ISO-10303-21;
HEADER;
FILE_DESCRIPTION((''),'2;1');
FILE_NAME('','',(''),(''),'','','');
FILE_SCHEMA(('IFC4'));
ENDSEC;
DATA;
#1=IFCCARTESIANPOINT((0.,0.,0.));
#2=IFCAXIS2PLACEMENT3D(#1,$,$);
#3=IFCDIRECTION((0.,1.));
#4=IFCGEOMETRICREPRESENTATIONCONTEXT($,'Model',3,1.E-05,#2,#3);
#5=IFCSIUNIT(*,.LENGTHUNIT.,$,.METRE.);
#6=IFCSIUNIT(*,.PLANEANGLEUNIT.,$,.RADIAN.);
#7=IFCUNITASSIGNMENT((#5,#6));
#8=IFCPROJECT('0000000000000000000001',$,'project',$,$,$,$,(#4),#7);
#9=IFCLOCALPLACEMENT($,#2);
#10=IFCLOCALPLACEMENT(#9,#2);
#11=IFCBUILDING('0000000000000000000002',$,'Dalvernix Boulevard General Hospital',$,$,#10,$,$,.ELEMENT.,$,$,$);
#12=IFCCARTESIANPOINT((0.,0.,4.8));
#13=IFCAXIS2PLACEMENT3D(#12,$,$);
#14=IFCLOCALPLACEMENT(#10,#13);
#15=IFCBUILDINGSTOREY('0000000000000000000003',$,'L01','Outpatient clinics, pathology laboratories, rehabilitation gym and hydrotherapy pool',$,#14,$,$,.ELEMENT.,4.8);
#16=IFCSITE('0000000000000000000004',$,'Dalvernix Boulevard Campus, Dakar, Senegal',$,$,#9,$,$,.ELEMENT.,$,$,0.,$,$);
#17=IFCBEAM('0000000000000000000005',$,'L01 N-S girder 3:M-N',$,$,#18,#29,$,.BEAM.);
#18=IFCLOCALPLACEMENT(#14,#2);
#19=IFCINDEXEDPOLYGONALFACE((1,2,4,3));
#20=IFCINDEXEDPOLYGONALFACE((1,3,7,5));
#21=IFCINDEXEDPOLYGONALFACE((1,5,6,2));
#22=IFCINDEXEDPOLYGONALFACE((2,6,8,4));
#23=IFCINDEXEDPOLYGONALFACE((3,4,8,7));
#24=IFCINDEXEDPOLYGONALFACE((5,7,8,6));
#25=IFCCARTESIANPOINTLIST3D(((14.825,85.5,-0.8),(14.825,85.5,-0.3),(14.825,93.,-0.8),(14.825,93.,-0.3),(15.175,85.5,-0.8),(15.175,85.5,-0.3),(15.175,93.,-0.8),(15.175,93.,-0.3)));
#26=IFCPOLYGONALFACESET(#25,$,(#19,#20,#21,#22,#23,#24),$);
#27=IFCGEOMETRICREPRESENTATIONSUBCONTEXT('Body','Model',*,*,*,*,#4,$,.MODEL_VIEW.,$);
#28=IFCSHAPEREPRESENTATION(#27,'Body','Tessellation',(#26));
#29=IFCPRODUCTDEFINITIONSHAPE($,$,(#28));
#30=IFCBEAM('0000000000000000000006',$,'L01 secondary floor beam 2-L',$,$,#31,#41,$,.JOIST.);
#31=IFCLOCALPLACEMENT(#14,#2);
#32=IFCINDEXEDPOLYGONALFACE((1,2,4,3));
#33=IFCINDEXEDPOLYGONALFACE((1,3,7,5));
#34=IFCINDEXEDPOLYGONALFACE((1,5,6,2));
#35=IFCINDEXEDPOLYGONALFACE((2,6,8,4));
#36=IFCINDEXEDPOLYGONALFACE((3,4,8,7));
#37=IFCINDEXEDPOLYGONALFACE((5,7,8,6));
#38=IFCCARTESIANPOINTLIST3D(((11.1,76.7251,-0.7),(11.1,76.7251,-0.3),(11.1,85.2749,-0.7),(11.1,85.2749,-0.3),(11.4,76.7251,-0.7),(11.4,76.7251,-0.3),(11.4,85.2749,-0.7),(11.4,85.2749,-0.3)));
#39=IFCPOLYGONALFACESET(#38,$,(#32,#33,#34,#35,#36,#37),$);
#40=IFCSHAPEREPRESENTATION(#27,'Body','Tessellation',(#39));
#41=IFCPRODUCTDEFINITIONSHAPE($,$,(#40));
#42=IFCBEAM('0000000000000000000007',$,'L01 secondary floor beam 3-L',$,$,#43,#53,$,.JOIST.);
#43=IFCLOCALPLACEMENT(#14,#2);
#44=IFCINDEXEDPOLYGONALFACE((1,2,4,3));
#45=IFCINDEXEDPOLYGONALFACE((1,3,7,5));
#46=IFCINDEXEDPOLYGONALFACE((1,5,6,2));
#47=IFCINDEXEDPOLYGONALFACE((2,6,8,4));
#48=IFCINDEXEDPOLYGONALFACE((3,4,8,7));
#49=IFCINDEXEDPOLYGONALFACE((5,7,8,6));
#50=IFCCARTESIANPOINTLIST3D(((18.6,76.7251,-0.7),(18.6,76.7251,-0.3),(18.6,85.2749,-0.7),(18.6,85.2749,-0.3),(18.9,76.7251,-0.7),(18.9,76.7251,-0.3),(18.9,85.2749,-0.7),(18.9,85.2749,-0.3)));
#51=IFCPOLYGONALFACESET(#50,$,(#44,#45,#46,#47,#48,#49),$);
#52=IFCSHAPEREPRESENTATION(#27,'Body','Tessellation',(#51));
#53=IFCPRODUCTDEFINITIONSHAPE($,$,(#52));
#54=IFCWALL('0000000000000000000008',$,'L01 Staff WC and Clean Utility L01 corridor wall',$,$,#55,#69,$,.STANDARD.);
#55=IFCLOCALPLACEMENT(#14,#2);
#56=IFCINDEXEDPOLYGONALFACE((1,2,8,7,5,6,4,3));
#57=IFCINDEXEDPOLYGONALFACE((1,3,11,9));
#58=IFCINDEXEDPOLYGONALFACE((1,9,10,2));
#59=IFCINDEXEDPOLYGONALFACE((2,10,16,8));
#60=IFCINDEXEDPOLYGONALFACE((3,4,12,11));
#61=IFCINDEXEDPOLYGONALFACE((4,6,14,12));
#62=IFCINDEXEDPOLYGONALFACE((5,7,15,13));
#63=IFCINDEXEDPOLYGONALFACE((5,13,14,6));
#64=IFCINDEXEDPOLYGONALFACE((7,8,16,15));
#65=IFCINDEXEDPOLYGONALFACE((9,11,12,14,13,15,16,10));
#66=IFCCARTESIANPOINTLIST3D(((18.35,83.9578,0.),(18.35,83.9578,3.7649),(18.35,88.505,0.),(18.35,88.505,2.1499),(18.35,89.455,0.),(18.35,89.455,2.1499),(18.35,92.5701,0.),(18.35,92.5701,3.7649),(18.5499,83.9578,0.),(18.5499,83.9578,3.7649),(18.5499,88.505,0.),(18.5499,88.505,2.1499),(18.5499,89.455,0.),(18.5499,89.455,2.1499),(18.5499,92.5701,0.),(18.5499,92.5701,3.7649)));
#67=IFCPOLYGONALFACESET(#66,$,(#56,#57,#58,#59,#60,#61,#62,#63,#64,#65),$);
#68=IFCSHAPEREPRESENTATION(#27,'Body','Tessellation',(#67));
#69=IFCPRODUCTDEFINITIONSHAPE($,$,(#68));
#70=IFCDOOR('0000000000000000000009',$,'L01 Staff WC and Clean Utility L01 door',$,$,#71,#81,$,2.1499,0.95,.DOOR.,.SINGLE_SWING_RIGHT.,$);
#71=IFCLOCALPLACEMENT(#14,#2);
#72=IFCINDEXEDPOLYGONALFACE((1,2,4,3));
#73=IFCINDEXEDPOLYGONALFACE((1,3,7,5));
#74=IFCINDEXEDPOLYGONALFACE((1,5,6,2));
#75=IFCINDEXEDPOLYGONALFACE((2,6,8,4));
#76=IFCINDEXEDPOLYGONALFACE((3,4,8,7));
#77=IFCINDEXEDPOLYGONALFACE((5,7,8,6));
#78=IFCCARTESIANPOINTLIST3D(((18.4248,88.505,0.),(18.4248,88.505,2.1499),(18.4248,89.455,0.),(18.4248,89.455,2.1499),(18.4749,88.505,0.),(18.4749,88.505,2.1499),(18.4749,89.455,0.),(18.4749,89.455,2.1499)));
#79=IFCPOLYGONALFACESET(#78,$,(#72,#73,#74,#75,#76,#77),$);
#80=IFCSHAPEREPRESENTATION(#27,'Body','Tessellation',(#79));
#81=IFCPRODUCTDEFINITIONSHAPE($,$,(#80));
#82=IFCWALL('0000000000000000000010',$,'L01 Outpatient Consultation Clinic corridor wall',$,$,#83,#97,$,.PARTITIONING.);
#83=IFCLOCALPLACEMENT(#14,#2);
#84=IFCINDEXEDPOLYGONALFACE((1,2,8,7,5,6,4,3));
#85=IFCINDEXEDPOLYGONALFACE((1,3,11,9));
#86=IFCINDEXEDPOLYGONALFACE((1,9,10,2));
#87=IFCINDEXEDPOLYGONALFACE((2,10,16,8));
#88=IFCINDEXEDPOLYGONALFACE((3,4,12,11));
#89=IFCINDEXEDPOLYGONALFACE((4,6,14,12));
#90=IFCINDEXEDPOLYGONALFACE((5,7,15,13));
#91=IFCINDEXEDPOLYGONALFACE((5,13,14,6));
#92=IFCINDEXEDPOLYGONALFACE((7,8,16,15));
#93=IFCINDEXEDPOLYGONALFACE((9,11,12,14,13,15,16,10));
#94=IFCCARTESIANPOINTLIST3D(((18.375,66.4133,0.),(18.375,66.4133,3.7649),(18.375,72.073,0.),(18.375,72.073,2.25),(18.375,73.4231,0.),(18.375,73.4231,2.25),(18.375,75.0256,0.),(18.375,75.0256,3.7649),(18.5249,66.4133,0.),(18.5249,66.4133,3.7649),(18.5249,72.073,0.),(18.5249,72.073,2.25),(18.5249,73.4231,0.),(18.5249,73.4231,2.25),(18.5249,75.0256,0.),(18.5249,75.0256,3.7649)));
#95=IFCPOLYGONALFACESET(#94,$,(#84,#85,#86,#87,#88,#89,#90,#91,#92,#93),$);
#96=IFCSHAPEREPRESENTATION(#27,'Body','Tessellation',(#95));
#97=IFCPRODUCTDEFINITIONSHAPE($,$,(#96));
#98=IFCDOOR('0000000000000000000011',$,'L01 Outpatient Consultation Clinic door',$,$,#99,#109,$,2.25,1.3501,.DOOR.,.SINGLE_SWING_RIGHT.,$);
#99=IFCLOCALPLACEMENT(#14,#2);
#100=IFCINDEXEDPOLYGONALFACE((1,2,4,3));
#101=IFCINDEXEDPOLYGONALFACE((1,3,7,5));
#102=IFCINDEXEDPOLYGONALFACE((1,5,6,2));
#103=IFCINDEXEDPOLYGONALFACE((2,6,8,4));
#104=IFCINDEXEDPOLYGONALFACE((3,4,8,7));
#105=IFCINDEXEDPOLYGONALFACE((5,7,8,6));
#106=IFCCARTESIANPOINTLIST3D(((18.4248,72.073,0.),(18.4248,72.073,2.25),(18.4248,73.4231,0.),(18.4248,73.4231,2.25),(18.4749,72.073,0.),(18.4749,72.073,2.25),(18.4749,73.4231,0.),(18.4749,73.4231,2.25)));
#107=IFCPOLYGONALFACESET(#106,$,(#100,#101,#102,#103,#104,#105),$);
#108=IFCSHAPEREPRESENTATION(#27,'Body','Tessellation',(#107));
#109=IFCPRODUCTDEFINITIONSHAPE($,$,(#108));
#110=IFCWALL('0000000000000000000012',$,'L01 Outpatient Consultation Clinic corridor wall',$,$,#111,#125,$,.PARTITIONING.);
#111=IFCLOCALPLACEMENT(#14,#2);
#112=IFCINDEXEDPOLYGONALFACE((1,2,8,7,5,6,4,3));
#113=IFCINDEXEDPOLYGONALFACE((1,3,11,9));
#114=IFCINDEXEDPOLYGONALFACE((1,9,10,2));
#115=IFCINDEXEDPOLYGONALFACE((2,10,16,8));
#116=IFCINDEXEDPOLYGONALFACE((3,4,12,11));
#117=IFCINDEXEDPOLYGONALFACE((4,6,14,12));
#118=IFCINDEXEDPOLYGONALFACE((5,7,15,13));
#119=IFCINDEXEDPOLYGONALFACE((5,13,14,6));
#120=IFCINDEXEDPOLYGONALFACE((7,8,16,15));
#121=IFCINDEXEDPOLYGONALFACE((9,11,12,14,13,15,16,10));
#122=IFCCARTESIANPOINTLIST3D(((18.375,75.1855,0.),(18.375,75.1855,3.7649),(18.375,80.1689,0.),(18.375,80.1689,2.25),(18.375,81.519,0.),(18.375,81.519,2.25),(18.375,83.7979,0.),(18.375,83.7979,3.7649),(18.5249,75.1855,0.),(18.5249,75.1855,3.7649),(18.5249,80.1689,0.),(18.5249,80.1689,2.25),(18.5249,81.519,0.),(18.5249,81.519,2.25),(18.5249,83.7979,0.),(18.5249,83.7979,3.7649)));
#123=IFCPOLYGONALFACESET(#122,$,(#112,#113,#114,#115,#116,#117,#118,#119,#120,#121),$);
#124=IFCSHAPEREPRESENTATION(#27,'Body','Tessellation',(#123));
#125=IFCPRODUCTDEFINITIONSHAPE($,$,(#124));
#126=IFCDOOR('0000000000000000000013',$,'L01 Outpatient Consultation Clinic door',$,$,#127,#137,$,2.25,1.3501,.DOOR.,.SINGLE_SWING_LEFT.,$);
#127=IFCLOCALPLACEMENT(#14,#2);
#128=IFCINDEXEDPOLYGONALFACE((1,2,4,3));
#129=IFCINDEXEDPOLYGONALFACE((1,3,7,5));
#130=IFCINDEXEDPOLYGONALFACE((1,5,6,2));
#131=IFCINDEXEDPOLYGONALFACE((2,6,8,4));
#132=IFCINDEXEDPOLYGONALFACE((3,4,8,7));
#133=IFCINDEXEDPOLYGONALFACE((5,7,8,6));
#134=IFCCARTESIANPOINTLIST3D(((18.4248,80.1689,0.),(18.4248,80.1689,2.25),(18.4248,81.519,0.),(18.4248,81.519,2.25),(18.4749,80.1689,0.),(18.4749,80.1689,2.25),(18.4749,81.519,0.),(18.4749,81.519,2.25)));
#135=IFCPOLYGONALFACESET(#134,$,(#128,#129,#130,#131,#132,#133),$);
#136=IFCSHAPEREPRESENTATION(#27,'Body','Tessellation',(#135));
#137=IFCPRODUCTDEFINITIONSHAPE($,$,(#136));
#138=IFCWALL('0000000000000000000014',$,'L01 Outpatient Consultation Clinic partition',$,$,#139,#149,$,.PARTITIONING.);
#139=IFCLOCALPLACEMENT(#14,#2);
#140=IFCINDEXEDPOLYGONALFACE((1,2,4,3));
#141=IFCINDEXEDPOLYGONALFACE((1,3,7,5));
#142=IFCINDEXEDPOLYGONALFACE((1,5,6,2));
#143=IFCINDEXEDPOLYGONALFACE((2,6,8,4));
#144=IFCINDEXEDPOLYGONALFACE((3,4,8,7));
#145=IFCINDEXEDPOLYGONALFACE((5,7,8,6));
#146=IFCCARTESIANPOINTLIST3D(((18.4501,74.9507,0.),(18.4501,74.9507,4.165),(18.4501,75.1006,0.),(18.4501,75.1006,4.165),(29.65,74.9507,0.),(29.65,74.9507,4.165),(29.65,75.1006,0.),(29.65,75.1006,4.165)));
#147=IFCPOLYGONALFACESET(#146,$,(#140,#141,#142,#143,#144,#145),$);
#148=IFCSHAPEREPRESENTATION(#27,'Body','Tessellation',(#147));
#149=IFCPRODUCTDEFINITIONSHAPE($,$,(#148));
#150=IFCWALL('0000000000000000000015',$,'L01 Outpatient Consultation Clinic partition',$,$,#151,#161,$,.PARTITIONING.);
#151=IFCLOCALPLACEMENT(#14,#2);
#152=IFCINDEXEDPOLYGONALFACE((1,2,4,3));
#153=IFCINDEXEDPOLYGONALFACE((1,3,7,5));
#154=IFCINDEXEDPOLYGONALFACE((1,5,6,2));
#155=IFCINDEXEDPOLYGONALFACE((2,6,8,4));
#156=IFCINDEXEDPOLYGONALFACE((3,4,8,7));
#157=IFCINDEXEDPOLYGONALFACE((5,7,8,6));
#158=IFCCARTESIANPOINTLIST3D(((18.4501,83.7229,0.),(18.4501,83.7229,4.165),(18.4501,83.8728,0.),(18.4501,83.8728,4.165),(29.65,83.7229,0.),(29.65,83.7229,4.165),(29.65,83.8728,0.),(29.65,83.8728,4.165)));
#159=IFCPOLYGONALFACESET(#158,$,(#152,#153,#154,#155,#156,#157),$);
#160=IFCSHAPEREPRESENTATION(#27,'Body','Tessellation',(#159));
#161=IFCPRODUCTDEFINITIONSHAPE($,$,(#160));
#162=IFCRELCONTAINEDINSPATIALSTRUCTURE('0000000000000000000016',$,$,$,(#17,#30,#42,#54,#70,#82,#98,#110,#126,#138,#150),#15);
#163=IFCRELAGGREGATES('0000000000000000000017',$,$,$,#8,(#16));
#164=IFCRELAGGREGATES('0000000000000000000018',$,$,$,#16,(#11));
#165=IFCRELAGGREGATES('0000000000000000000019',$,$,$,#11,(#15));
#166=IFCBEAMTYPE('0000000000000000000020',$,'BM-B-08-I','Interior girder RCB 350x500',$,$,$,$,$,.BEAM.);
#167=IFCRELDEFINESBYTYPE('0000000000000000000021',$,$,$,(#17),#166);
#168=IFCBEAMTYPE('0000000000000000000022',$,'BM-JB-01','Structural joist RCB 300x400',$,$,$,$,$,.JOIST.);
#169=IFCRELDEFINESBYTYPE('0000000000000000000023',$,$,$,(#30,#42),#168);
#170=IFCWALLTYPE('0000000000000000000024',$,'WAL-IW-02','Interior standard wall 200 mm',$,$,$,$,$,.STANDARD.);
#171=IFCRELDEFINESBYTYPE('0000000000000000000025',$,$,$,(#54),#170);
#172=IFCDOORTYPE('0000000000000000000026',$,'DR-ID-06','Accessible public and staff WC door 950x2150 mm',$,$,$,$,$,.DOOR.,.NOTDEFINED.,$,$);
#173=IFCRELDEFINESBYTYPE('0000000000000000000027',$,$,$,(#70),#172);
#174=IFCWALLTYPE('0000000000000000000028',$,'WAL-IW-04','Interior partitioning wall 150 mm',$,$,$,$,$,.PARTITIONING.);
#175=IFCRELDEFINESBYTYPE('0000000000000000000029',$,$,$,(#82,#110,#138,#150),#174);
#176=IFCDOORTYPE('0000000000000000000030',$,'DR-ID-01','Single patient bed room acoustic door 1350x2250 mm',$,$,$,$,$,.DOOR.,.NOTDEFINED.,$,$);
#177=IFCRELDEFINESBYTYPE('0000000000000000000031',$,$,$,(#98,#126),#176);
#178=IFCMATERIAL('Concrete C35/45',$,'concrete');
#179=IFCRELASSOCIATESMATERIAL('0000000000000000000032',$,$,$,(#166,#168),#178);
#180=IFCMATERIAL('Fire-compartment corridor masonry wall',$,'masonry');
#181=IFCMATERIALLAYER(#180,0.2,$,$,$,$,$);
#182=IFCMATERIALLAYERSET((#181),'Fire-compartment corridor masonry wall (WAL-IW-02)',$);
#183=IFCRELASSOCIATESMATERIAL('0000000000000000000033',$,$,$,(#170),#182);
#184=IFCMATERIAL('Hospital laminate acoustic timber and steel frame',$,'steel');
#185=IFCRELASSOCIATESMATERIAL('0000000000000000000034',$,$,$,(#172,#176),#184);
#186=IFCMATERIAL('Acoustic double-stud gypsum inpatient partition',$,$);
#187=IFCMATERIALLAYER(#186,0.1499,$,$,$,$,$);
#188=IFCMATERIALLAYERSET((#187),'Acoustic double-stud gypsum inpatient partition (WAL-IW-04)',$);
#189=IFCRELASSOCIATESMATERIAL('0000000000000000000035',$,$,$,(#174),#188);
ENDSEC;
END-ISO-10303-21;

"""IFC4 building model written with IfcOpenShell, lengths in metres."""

from ifc_helpers import new_model, si_unit, direction, frame, frame_2d, origin, origin_2d, place, context, subcontext, project, spatial, rectangle, extrude, material, layer, layer_set, material_profile, profile_set, type_object, element, fill, save


model = new_model("IFC4")

# Units and contexts
model_context = context("Model", 3, precision=1e-05, world=origin(), true_north=direction((0.0, 1.0)))
body_context = subcontext(model_context, "Body", "Model", "MODEL_VIEW")
ifc_project = project(units=[si_unit("LENGTHUNIT", "METRE"), si_unit("PLANEANGLEUNIT", "RADIAN")], contexts=[model_context])

# Site, building, storey
site_placement = place(None, origin())
site = spatial("IfcSite", under=ifc_project, at=site_placement, Name="Dalvernix Boulevard Campus, Dakar, Senegal", CompositionType="ELEMENT", RefElevation=0.0)
building_placement = place(site_placement, origin())
building = spatial("IfcBuilding", under=site, at=building_placement, Name="Dalvernix Boulevard General Hospital", CompositionType="ELEMENT")
storey_placement = place(building_placement, frame((0.0, 0.0, 4.8)))
storey = spatial("IfcBuildingStorey", under=building, at=storey_placement, Name="L01", Description="Outpatient clinics, pathology laboratories, rehabilitation gym and hydrotherapy pool", CompositionType="ELEMENT", Elevation=4.8)

# Beams
ifc_material_1 = material(Name="Concrete C35/45", Category="concrete")
ifc_material_profile_1 = material_profile(ifc_material_1, rectangle(XDim=0.3501, YDim=0.5, at=origin_2d()), Name="RCB 350x500")
ifc_profile_set_1 = profile_set([ifc_material_profile_1], Name="Concrete C35/45")
beam_type_1 = type_object("IfcBeamType", Name="BM-B-08-I", Description="Interior girder RCB 350x500", PredefinedType="BEAM", material=ifc_profile_set_1)
beam_1_placement = place(storey_placement, frame((15.0, 85.5, -0.55), z_axis=(0.0, 1.0, 0.0), x_axis=(-1.0, 0.0, 0.0)))
element("IfcBeam", 1, at=beam_1_placement, inside=storey, type_object=beam_type_1, Name="L01 N-S girder 3:M-N", PredefinedType="BEAM", context=body_context, shape_type="SweptSolid", body=[
    extrude(rectangle(XDim=0.3501, YDim=0.5, at=origin_2d()), origin(), (0.0, 0.0, 1.0), 7.5),
])
ifc_material_profile_2 = material_profile(ifc_material_1, rectangle(XDim=0.3, YDim=0.3999, at=origin_2d()), Name="RCB 300x400")
ifc_profile_set_2 = profile_set([ifc_material_profile_2], Name="Concrete C35/45")
beam_type_2 = type_object("IfcBeamType", Name="BM-JB-01", Description="Structural joist RCB 300x400", PredefinedType="JOIST", material=ifc_profile_set_2)
for number, where, z_axis, x_axis, name in (
    (2, (11.25, 76.7251, -0.5), (0.0, 1.0, 0.0), (-1.0, 0.0, 0.0), "L01 secondary floor beam 2-L"),
    (3, (18.75, 76.7251, -0.5), (0.0, 1.0, 0.0), (-1.0, 0.0, 0.0), "L01 secondary floor beam 3-L"),
):
    element("IfcBeam", number, at=place(storey_placement, frame(where, z_axis=z_axis, x_axis=x_axis)), inside=storey, type_object=beam_type_2, Name=name, PredefinedType="JOIST", context=body_context, shape_type="SweptSolid", body=[
        extrude(rectangle(XDim=0.3, YDim=0.3999, at=origin_2d()), origin(), (0.0, 0.0, 1.0), 8.5498),
    ])

# Walls, openings, doors
ifc_material_2 = material(Name="Fire-compartment corridor masonry wall", Category="masonry")
ifc_layer_1 = layer(ifc_material_2, 0.2)
ifc_layer_set_1 = layer_set([ifc_layer_1], Name="Fire-compartment corridor masonry wall (WAL-IW-02)")
wall_type_1 = type_object("IfcWallType", Name="WAL-IW-02", Description="Interior standard wall 200 mm", PredefinedType="STANDARD", material=ifc_layer_set_1)
wall_1_placement = place(storey_placement, frame((18.45, 92.5701, 0.0), z_axis=(0.0, 0.0, 1.0), x_axis=(0.0, -1.0, 0.0)))
wall_1 = element("IfcWall", 4, at=wall_1_placement, inside=storey, type_object=wall_type_1, Name="L01 Staff WC and Clean Utility L01 corridor wall", PredefinedType="STANDARD", context=body_context, shape_type="SweptSolid", body=[
    extrude(rectangle(XDim=8.6123, YDim=0.2, at=frame_2d((4.3062, 0.0))), origin(), (0.0, 0.0, 1.0), 3.7649),
])
opening_1_placement = place(wall_1_placement, frame((3.115, 0.0, 0.0)))
opening_1 = element("IfcOpeningElement", 5, at=opening_1_placement, cuts=wall_1, PredefinedType="OPENING", context=body_context, shape_type="SweptSolid", body=[
    extrude(rectangle(XDim=0.95, YDim=2.1499, at=frame_2d((0.4751, 1.075))), frame((0.0, 0.1099, 0.0), z_axis=(0.0, -1.0, 0.0), x_axis=(1.0, 0.0, 0.0)), (0.0, 0.0, 1.0), 0.22),
])
ifc_material_3 = material(Name="Hospital laminate acoustic timber and steel frame", Category="steel")
door_type_1 = type_object("IfcDoorType", Name="DR-ID-06", Description="Accessible public and staff WC door 950x2150 mm", OperationType="NOTDEFINED", PredefinedType="DOOR", material=ifc_material_3)
door_1_placement = place(opening_1_placement, origin())
door_1 = element("IfcDoor", 6, at=door_1_placement, inside=storey, type_object=door_type_1, Name="L01 Staff WC and Clean Utility L01 door", OperationType="SINGLE_SWING_RIGHT", OverallHeight=2.1499, OverallWidth=0.95, PredefinedType="DOOR", context=body_context, shape_type="SweptSolid", body=[
    extrude(rectangle(XDim=0.95, YDim=2.1499, at=frame_2d((0.4751, 1.075))), frame((0.0, 0.0249, 0.0), z_axis=(0.0, -1.0, 0.0), x_axis=(1.0, 0.0, 0.0)), (0.0, 0.0, 1.0), 0.05),
])
fill(opening_1, door_1)
ifc_material_4 = material(Name="Acoustic double-stud gypsum inpatient partition")
ifc_layer_2 = layer(ifc_material_4, 0.1499)
ifc_layer_set_2 = layer_set([ifc_layer_2], Name="Acoustic double-stud gypsum inpatient partition (WAL-IW-04)")
wall_type_2 = type_object("IfcWallType", Name="WAL-IW-04", Description="Interior partitioning wall 150 mm", PredefinedType="PARTITIONING", material=ifc_layer_set_2)
wall_2_placement = place(storey_placement, frame((18.45, 75.0256, 0.0), z_axis=(0.0, 0.0, 1.0), x_axis=(0.0, -1.0, 0.0)))
wall_2 = element("IfcWall", 7, at=wall_2_placement, inside=storey, type_object=wall_type_2, Name="L01 Outpatient Consultation Clinic corridor wall", PredefinedType="PARTITIONING", context=body_context, shape_type="SweptSolid", body=[
    extrude(rectangle(XDim=8.6123, YDim=0.1499, at=frame_2d((4.3062, 0.0))), origin(), (0.0, 0.0, 1.0), 3.7649),
])
opening_2_placement = place(wall_2_placement, frame((1.6025, 0.0, 0.0)))
opening_2 = element("IfcOpeningElement", 8, at=opening_2_placement, cuts=wall_2, PredefinedType="OPENING", context=body_context, shape_type="SweptSolid", body=[
    extrude(rectangle(XDim=1.3501, YDim=2.25, at=frame_2d((0.675, 1.125))), frame((0.0, 0.085, 0.0), z_axis=(0.0, -1.0, 0.0), x_axis=(1.0, 0.0, 0.0)), (0.0, 0.0, 1.0), 0.1699),
])
door_type_2 = type_object("IfcDoorType", Name="DR-ID-01", Description="Single patient bed room acoustic door 1350x2250 mm", OperationType="NOTDEFINED", PredefinedType="DOOR", material=ifc_material_3)
door_2_placement = place(opening_2_placement, origin())
door_2 = element("IfcDoor", 9, at=door_2_placement, inside=storey, type_object=door_type_2, Name="L01 Outpatient Consultation Clinic door", OperationType="SINGLE_SWING_RIGHT", OverallHeight=2.25, OverallWidth=1.3501, PredefinedType="DOOR", context=body_context, shape_type="SweptSolid", body=[
    extrude(rectangle(XDim=1.3501, YDim=2.25, at=frame_2d((0.675, 1.125))), frame((0.0, 0.0249, 0.0), z_axis=(0.0, -1.0, 0.0), x_axis=(1.0, 0.0, 0.0)), (0.0, 0.0, 1.0), 0.05),
])
fill(opening_2, door_2)
wall_3_placement = place(storey_placement, frame((18.45, 83.7979, 0.0), z_axis=(0.0, 0.0, 1.0), x_axis=(0.0, -1.0, 0.0)))
wall_3 = element("IfcWall", 10, at=wall_3_placement, inside=storey, type_object=wall_type_2, Name="L01 Outpatient Consultation Clinic corridor wall", PredefinedType="PARTITIONING", context=body_context, shape_type="SweptSolid", body=[
    extrude(rectangle(XDim=8.6123, YDim=0.1499, at=frame_2d((4.3062, 0.0))), origin(), (0.0, 0.0, 1.0), 3.7649),
])
opening_3_placement = place(wall_3_placement, frame((2.2788, 0.0, 0.0)))
opening_3 = element("IfcOpeningElement", 11, at=opening_3_placement, cuts=wall_3, PredefinedType="OPENING", context=body_context, shape_type="SweptSolid", body=[
    extrude(rectangle(XDim=1.3501, YDim=2.25, at=frame_2d((0.675, 1.125))), frame((0.0, 0.085, 0.0), z_axis=(0.0, -1.0, 0.0), x_axis=(1.0, 0.0, 0.0)), (0.0, 0.0, 1.0), 0.1699),
])
door_3_placement = place(opening_3_placement, origin())
door_3 = element("IfcDoor", 12, at=door_3_placement, inside=storey, type_object=door_type_2, Name="L01 Outpatient Consultation Clinic door", OperationType="SINGLE_SWING_LEFT", OverallHeight=2.25, OverallWidth=1.3501, PredefinedType="DOOR", context=body_context, shape_type="SweptSolid", body=[
    extrude(rectangle(XDim=1.3501, YDim=2.25, at=frame_2d((0.675, 1.125))), frame((0.0, 0.0249, 0.0), z_axis=(0.0, -1.0, 0.0), x_axis=(1.0, 0.0, 0.0)), (0.0, 0.0, 1.0), 0.05),
])
fill(opening_3, door_3)

# Walls
for number, where, z_axis, x_axis, name in (
    (13, (18.45, 75.0256, 0.0), (0.0, 0.0, 1.0), (1.0, 0.0, 0.0), "L01 Outpatient Consultation Clinic partition"),
    (14, (18.45, 83.7979, 0.0), (0.0, 0.0, 1.0), (1.0, 0.0, 0.0), "L01 Outpatient Consultation Clinic partition"),
):
    element("IfcWall", number, at=place(storey_placement, frame(where, z_axis=z_axis, x_axis=x_axis)), inside=storey, type_object=wall_type_2, Name=name, PredefinedType="PARTITIONING", context=body_context, shape_type="SweptSolid", body=[
        extrude(rectangle(XDim=11.2, YDim=0.1499, at=frame_2d((5.6001, 0.0))), origin(), (0.0, 0.0, 1.0), 4.165),
    ])

save(model, "model.ifc")
